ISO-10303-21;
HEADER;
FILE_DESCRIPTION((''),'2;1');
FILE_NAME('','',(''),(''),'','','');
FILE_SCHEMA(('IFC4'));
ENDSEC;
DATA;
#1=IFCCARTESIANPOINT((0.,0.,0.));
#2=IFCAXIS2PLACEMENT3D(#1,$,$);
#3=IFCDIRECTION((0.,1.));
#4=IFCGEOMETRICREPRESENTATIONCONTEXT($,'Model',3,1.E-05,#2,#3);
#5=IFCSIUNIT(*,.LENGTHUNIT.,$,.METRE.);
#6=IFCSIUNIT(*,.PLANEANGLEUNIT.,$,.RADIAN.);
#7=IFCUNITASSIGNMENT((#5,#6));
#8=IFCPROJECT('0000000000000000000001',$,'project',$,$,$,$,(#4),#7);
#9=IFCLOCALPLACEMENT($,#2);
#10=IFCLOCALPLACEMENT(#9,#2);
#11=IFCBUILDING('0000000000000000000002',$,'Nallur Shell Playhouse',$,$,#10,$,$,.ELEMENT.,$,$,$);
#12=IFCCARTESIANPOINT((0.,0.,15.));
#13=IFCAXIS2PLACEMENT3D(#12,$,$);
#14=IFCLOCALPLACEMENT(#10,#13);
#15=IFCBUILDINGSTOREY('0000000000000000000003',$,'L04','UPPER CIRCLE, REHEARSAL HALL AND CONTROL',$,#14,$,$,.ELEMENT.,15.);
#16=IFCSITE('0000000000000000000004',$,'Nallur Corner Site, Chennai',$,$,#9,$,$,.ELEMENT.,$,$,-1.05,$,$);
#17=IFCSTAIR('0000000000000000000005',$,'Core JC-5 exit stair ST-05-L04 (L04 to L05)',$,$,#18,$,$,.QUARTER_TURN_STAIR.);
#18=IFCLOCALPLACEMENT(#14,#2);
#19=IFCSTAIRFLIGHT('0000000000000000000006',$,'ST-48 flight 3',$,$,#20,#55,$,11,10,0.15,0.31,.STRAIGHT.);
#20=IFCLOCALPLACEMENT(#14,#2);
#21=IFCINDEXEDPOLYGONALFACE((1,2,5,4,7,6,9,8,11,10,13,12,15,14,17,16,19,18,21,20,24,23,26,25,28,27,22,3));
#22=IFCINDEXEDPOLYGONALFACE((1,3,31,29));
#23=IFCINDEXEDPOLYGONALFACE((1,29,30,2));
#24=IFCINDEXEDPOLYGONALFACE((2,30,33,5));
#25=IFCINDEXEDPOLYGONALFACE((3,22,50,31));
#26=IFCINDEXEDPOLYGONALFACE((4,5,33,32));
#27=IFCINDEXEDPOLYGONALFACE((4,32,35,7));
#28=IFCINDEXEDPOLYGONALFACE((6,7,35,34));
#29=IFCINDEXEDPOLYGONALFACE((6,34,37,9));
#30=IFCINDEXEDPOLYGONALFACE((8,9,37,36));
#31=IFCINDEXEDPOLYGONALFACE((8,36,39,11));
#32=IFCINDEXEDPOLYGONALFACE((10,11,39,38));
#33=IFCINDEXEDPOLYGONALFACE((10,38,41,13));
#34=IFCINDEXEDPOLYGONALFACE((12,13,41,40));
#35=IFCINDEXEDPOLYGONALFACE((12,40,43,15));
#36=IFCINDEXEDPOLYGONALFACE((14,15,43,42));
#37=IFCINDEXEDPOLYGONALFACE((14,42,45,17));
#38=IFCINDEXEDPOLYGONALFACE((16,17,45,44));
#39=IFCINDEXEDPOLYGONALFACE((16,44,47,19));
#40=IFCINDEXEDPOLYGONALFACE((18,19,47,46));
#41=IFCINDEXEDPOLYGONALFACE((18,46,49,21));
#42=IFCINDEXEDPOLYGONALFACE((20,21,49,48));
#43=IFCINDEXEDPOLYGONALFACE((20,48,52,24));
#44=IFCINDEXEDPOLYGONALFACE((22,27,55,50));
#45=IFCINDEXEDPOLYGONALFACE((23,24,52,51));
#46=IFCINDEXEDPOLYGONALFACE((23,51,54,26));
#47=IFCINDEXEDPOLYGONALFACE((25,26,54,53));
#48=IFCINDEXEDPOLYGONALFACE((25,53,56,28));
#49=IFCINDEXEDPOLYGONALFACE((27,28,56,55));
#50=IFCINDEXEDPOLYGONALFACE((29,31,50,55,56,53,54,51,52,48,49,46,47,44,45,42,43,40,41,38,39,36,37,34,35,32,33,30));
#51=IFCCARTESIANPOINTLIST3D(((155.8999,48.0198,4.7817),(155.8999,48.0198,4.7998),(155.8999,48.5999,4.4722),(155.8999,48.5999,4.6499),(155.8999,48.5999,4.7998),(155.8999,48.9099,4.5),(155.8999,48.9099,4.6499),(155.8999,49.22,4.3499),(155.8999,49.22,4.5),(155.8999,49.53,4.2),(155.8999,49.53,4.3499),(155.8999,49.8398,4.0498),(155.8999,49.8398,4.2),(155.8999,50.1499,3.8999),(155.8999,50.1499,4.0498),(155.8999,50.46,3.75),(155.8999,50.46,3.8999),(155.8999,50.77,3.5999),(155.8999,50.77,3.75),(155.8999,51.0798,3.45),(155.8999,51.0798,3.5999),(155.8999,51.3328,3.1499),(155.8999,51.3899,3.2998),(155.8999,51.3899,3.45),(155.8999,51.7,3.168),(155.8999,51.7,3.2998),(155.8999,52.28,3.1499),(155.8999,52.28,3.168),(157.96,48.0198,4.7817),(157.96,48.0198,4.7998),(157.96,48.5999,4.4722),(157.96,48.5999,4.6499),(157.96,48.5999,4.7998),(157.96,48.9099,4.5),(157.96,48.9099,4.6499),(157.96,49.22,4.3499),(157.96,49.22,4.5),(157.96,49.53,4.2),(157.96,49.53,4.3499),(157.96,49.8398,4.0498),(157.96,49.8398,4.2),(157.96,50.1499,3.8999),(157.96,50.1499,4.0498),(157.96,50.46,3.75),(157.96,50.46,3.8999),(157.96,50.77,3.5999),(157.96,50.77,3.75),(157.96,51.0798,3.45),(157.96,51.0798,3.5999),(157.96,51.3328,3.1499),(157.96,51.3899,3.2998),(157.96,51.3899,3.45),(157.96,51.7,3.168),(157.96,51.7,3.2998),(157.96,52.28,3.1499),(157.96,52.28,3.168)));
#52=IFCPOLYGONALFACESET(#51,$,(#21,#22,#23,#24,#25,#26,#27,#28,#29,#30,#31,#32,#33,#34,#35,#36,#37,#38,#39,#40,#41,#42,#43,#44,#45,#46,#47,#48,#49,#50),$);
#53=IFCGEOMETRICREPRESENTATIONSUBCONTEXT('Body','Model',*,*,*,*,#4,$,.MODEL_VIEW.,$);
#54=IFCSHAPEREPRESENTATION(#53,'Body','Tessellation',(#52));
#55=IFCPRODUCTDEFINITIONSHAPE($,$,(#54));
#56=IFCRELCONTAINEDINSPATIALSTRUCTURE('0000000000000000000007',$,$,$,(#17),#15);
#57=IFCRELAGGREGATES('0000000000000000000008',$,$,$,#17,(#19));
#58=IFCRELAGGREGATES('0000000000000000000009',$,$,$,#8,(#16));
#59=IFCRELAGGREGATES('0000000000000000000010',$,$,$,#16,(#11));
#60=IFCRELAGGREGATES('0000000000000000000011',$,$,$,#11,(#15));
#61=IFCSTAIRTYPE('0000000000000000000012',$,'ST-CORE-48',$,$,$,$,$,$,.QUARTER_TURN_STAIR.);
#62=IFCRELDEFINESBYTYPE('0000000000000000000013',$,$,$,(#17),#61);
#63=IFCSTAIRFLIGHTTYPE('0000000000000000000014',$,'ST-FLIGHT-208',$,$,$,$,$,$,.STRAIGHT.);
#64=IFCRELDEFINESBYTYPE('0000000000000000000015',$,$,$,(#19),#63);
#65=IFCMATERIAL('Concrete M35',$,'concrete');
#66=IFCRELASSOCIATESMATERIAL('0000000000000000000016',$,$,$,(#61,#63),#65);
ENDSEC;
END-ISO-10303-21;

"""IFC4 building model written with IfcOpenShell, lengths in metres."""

from ifc_helpers import new_model, si_unit, direction, frame, origin, place, context, subcontext, project, spatial, polyline, outline, extrude, material, type_object, element, aggregate, save


model = new_model("IFC4")

# Units and contexts
model_context = context("Model", 3, precision=1e-05, world=origin(), true_north=direction((0.0, 1.0)))
body_context = subcontext(model_context, "Body", "Model", "MODEL_VIEW")
ifc_project = project(units=[si_unit("LENGTHUNIT", "METRE"), si_unit("PLANEANGLEUNIT", "RADIAN")], contexts=[model_context])

# Site, building, storey
site_placement = place(None, origin())
site = spatial("IfcSite", under=ifc_project, at=site_placement, Name="Nallur Corner Site, Chennai", CompositionType="ELEMENT", RefElevation=-1.05)
building_placement = place(site_placement, origin())
building = spatial("IfcBuilding", under=site, at=building_placement, Name="Nallur Shell Playhouse", CompositionType="ELEMENT")
storey_placement = place(building_placement, frame((0.0, 0.0, 15.0)))
storey = spatial("IfcBuildingStorey", under=building, at=storey_placement, Name="L04", Description="UPPER CIRCLE, REHEARSAL HALL AND CONTROL", CompositionType="ELEMENT", Elevation=15.0)

# Shared definitions
ifc_material_1 = material(Name="Concrete M35", Category="concrete")

# Stair, stair flight
stair_type = type_object("IfcStairType", Name="ST-CORE-48", PredefinedType="QUARTER_TURN_STAIR", material=ifc_material_1)
stair_placement = place(storey_placement, origin())
stair = element("IfcStair", 1, at=stair_placement, inside=storey, type_object=stair_type, Name="Core JC-5 exit stair ST-05-L04 (L04 to L05)", PredefinedType="QUARTER_TURN_STAIR")
stair_flight_type = type_object("IfcStairFlightType", Name="ST-FLIGHT-208", PredefinedType="STRAIGHT", material=ifc_material_1)
stair_flight_placement = place(storey_placement, frame((156.9299, 51.7, 3.1499), z_axis=(0.0, 0.0, 1.0), x_axis=(0.0, -1.0, 0.0)))
stair_flight = element("IfcStairFlight", 2, at=stair_flight_placement, type_object=stair_flight_type, Name="ST-48 flight 3", NumberOfRisers=11, NumberOfTreads=10, PredefinedType="STRAIGHT", RiserHeight=0.15, TreadLength=0.31, context=body_context, shape_type="SweptSolid", body=[
    extrude(outline(polyline([(-0.5801, 0.0), (-0.5801, 0.0181), (0.0, 0.0181), (0.0, 0.1499), (0.3101, 0.1499), (0.3101, 0.3), (0.6201, 0.3), (0.6201, 0.45), (0.9299, 0.45), (0.9299, 0.6001), (1.24, 0.6001), (1.24, 0.75), (1.55, 0.75), (1.55, 0.8999), (1.8601, 0.8999), (1.8601, 1.05), (2.1699, 1.05), (2.1699, 1.2), (2.48, 1.2), (2.48, 1.3501), (2.79, 1.3501), (2.79, 1.5), (3.1001, 1.5), (3.1001, 1.6499), (3.6802, 1.6499), (3.6802, 1.6318), (3.1001, 1.3223), (0.3672, 0.0), (-0.5801, 0.0)])), frame((0.0, 1.03, 0.0), z_axis=(0.0, -1.0, 0.0), x_axis=(1.0, 0.0, 0.0)), (0.0, 0.0, 1.0), 2.0601),
])
aggregate(stair, [stair_flight])

save(model, "model.ifc")
